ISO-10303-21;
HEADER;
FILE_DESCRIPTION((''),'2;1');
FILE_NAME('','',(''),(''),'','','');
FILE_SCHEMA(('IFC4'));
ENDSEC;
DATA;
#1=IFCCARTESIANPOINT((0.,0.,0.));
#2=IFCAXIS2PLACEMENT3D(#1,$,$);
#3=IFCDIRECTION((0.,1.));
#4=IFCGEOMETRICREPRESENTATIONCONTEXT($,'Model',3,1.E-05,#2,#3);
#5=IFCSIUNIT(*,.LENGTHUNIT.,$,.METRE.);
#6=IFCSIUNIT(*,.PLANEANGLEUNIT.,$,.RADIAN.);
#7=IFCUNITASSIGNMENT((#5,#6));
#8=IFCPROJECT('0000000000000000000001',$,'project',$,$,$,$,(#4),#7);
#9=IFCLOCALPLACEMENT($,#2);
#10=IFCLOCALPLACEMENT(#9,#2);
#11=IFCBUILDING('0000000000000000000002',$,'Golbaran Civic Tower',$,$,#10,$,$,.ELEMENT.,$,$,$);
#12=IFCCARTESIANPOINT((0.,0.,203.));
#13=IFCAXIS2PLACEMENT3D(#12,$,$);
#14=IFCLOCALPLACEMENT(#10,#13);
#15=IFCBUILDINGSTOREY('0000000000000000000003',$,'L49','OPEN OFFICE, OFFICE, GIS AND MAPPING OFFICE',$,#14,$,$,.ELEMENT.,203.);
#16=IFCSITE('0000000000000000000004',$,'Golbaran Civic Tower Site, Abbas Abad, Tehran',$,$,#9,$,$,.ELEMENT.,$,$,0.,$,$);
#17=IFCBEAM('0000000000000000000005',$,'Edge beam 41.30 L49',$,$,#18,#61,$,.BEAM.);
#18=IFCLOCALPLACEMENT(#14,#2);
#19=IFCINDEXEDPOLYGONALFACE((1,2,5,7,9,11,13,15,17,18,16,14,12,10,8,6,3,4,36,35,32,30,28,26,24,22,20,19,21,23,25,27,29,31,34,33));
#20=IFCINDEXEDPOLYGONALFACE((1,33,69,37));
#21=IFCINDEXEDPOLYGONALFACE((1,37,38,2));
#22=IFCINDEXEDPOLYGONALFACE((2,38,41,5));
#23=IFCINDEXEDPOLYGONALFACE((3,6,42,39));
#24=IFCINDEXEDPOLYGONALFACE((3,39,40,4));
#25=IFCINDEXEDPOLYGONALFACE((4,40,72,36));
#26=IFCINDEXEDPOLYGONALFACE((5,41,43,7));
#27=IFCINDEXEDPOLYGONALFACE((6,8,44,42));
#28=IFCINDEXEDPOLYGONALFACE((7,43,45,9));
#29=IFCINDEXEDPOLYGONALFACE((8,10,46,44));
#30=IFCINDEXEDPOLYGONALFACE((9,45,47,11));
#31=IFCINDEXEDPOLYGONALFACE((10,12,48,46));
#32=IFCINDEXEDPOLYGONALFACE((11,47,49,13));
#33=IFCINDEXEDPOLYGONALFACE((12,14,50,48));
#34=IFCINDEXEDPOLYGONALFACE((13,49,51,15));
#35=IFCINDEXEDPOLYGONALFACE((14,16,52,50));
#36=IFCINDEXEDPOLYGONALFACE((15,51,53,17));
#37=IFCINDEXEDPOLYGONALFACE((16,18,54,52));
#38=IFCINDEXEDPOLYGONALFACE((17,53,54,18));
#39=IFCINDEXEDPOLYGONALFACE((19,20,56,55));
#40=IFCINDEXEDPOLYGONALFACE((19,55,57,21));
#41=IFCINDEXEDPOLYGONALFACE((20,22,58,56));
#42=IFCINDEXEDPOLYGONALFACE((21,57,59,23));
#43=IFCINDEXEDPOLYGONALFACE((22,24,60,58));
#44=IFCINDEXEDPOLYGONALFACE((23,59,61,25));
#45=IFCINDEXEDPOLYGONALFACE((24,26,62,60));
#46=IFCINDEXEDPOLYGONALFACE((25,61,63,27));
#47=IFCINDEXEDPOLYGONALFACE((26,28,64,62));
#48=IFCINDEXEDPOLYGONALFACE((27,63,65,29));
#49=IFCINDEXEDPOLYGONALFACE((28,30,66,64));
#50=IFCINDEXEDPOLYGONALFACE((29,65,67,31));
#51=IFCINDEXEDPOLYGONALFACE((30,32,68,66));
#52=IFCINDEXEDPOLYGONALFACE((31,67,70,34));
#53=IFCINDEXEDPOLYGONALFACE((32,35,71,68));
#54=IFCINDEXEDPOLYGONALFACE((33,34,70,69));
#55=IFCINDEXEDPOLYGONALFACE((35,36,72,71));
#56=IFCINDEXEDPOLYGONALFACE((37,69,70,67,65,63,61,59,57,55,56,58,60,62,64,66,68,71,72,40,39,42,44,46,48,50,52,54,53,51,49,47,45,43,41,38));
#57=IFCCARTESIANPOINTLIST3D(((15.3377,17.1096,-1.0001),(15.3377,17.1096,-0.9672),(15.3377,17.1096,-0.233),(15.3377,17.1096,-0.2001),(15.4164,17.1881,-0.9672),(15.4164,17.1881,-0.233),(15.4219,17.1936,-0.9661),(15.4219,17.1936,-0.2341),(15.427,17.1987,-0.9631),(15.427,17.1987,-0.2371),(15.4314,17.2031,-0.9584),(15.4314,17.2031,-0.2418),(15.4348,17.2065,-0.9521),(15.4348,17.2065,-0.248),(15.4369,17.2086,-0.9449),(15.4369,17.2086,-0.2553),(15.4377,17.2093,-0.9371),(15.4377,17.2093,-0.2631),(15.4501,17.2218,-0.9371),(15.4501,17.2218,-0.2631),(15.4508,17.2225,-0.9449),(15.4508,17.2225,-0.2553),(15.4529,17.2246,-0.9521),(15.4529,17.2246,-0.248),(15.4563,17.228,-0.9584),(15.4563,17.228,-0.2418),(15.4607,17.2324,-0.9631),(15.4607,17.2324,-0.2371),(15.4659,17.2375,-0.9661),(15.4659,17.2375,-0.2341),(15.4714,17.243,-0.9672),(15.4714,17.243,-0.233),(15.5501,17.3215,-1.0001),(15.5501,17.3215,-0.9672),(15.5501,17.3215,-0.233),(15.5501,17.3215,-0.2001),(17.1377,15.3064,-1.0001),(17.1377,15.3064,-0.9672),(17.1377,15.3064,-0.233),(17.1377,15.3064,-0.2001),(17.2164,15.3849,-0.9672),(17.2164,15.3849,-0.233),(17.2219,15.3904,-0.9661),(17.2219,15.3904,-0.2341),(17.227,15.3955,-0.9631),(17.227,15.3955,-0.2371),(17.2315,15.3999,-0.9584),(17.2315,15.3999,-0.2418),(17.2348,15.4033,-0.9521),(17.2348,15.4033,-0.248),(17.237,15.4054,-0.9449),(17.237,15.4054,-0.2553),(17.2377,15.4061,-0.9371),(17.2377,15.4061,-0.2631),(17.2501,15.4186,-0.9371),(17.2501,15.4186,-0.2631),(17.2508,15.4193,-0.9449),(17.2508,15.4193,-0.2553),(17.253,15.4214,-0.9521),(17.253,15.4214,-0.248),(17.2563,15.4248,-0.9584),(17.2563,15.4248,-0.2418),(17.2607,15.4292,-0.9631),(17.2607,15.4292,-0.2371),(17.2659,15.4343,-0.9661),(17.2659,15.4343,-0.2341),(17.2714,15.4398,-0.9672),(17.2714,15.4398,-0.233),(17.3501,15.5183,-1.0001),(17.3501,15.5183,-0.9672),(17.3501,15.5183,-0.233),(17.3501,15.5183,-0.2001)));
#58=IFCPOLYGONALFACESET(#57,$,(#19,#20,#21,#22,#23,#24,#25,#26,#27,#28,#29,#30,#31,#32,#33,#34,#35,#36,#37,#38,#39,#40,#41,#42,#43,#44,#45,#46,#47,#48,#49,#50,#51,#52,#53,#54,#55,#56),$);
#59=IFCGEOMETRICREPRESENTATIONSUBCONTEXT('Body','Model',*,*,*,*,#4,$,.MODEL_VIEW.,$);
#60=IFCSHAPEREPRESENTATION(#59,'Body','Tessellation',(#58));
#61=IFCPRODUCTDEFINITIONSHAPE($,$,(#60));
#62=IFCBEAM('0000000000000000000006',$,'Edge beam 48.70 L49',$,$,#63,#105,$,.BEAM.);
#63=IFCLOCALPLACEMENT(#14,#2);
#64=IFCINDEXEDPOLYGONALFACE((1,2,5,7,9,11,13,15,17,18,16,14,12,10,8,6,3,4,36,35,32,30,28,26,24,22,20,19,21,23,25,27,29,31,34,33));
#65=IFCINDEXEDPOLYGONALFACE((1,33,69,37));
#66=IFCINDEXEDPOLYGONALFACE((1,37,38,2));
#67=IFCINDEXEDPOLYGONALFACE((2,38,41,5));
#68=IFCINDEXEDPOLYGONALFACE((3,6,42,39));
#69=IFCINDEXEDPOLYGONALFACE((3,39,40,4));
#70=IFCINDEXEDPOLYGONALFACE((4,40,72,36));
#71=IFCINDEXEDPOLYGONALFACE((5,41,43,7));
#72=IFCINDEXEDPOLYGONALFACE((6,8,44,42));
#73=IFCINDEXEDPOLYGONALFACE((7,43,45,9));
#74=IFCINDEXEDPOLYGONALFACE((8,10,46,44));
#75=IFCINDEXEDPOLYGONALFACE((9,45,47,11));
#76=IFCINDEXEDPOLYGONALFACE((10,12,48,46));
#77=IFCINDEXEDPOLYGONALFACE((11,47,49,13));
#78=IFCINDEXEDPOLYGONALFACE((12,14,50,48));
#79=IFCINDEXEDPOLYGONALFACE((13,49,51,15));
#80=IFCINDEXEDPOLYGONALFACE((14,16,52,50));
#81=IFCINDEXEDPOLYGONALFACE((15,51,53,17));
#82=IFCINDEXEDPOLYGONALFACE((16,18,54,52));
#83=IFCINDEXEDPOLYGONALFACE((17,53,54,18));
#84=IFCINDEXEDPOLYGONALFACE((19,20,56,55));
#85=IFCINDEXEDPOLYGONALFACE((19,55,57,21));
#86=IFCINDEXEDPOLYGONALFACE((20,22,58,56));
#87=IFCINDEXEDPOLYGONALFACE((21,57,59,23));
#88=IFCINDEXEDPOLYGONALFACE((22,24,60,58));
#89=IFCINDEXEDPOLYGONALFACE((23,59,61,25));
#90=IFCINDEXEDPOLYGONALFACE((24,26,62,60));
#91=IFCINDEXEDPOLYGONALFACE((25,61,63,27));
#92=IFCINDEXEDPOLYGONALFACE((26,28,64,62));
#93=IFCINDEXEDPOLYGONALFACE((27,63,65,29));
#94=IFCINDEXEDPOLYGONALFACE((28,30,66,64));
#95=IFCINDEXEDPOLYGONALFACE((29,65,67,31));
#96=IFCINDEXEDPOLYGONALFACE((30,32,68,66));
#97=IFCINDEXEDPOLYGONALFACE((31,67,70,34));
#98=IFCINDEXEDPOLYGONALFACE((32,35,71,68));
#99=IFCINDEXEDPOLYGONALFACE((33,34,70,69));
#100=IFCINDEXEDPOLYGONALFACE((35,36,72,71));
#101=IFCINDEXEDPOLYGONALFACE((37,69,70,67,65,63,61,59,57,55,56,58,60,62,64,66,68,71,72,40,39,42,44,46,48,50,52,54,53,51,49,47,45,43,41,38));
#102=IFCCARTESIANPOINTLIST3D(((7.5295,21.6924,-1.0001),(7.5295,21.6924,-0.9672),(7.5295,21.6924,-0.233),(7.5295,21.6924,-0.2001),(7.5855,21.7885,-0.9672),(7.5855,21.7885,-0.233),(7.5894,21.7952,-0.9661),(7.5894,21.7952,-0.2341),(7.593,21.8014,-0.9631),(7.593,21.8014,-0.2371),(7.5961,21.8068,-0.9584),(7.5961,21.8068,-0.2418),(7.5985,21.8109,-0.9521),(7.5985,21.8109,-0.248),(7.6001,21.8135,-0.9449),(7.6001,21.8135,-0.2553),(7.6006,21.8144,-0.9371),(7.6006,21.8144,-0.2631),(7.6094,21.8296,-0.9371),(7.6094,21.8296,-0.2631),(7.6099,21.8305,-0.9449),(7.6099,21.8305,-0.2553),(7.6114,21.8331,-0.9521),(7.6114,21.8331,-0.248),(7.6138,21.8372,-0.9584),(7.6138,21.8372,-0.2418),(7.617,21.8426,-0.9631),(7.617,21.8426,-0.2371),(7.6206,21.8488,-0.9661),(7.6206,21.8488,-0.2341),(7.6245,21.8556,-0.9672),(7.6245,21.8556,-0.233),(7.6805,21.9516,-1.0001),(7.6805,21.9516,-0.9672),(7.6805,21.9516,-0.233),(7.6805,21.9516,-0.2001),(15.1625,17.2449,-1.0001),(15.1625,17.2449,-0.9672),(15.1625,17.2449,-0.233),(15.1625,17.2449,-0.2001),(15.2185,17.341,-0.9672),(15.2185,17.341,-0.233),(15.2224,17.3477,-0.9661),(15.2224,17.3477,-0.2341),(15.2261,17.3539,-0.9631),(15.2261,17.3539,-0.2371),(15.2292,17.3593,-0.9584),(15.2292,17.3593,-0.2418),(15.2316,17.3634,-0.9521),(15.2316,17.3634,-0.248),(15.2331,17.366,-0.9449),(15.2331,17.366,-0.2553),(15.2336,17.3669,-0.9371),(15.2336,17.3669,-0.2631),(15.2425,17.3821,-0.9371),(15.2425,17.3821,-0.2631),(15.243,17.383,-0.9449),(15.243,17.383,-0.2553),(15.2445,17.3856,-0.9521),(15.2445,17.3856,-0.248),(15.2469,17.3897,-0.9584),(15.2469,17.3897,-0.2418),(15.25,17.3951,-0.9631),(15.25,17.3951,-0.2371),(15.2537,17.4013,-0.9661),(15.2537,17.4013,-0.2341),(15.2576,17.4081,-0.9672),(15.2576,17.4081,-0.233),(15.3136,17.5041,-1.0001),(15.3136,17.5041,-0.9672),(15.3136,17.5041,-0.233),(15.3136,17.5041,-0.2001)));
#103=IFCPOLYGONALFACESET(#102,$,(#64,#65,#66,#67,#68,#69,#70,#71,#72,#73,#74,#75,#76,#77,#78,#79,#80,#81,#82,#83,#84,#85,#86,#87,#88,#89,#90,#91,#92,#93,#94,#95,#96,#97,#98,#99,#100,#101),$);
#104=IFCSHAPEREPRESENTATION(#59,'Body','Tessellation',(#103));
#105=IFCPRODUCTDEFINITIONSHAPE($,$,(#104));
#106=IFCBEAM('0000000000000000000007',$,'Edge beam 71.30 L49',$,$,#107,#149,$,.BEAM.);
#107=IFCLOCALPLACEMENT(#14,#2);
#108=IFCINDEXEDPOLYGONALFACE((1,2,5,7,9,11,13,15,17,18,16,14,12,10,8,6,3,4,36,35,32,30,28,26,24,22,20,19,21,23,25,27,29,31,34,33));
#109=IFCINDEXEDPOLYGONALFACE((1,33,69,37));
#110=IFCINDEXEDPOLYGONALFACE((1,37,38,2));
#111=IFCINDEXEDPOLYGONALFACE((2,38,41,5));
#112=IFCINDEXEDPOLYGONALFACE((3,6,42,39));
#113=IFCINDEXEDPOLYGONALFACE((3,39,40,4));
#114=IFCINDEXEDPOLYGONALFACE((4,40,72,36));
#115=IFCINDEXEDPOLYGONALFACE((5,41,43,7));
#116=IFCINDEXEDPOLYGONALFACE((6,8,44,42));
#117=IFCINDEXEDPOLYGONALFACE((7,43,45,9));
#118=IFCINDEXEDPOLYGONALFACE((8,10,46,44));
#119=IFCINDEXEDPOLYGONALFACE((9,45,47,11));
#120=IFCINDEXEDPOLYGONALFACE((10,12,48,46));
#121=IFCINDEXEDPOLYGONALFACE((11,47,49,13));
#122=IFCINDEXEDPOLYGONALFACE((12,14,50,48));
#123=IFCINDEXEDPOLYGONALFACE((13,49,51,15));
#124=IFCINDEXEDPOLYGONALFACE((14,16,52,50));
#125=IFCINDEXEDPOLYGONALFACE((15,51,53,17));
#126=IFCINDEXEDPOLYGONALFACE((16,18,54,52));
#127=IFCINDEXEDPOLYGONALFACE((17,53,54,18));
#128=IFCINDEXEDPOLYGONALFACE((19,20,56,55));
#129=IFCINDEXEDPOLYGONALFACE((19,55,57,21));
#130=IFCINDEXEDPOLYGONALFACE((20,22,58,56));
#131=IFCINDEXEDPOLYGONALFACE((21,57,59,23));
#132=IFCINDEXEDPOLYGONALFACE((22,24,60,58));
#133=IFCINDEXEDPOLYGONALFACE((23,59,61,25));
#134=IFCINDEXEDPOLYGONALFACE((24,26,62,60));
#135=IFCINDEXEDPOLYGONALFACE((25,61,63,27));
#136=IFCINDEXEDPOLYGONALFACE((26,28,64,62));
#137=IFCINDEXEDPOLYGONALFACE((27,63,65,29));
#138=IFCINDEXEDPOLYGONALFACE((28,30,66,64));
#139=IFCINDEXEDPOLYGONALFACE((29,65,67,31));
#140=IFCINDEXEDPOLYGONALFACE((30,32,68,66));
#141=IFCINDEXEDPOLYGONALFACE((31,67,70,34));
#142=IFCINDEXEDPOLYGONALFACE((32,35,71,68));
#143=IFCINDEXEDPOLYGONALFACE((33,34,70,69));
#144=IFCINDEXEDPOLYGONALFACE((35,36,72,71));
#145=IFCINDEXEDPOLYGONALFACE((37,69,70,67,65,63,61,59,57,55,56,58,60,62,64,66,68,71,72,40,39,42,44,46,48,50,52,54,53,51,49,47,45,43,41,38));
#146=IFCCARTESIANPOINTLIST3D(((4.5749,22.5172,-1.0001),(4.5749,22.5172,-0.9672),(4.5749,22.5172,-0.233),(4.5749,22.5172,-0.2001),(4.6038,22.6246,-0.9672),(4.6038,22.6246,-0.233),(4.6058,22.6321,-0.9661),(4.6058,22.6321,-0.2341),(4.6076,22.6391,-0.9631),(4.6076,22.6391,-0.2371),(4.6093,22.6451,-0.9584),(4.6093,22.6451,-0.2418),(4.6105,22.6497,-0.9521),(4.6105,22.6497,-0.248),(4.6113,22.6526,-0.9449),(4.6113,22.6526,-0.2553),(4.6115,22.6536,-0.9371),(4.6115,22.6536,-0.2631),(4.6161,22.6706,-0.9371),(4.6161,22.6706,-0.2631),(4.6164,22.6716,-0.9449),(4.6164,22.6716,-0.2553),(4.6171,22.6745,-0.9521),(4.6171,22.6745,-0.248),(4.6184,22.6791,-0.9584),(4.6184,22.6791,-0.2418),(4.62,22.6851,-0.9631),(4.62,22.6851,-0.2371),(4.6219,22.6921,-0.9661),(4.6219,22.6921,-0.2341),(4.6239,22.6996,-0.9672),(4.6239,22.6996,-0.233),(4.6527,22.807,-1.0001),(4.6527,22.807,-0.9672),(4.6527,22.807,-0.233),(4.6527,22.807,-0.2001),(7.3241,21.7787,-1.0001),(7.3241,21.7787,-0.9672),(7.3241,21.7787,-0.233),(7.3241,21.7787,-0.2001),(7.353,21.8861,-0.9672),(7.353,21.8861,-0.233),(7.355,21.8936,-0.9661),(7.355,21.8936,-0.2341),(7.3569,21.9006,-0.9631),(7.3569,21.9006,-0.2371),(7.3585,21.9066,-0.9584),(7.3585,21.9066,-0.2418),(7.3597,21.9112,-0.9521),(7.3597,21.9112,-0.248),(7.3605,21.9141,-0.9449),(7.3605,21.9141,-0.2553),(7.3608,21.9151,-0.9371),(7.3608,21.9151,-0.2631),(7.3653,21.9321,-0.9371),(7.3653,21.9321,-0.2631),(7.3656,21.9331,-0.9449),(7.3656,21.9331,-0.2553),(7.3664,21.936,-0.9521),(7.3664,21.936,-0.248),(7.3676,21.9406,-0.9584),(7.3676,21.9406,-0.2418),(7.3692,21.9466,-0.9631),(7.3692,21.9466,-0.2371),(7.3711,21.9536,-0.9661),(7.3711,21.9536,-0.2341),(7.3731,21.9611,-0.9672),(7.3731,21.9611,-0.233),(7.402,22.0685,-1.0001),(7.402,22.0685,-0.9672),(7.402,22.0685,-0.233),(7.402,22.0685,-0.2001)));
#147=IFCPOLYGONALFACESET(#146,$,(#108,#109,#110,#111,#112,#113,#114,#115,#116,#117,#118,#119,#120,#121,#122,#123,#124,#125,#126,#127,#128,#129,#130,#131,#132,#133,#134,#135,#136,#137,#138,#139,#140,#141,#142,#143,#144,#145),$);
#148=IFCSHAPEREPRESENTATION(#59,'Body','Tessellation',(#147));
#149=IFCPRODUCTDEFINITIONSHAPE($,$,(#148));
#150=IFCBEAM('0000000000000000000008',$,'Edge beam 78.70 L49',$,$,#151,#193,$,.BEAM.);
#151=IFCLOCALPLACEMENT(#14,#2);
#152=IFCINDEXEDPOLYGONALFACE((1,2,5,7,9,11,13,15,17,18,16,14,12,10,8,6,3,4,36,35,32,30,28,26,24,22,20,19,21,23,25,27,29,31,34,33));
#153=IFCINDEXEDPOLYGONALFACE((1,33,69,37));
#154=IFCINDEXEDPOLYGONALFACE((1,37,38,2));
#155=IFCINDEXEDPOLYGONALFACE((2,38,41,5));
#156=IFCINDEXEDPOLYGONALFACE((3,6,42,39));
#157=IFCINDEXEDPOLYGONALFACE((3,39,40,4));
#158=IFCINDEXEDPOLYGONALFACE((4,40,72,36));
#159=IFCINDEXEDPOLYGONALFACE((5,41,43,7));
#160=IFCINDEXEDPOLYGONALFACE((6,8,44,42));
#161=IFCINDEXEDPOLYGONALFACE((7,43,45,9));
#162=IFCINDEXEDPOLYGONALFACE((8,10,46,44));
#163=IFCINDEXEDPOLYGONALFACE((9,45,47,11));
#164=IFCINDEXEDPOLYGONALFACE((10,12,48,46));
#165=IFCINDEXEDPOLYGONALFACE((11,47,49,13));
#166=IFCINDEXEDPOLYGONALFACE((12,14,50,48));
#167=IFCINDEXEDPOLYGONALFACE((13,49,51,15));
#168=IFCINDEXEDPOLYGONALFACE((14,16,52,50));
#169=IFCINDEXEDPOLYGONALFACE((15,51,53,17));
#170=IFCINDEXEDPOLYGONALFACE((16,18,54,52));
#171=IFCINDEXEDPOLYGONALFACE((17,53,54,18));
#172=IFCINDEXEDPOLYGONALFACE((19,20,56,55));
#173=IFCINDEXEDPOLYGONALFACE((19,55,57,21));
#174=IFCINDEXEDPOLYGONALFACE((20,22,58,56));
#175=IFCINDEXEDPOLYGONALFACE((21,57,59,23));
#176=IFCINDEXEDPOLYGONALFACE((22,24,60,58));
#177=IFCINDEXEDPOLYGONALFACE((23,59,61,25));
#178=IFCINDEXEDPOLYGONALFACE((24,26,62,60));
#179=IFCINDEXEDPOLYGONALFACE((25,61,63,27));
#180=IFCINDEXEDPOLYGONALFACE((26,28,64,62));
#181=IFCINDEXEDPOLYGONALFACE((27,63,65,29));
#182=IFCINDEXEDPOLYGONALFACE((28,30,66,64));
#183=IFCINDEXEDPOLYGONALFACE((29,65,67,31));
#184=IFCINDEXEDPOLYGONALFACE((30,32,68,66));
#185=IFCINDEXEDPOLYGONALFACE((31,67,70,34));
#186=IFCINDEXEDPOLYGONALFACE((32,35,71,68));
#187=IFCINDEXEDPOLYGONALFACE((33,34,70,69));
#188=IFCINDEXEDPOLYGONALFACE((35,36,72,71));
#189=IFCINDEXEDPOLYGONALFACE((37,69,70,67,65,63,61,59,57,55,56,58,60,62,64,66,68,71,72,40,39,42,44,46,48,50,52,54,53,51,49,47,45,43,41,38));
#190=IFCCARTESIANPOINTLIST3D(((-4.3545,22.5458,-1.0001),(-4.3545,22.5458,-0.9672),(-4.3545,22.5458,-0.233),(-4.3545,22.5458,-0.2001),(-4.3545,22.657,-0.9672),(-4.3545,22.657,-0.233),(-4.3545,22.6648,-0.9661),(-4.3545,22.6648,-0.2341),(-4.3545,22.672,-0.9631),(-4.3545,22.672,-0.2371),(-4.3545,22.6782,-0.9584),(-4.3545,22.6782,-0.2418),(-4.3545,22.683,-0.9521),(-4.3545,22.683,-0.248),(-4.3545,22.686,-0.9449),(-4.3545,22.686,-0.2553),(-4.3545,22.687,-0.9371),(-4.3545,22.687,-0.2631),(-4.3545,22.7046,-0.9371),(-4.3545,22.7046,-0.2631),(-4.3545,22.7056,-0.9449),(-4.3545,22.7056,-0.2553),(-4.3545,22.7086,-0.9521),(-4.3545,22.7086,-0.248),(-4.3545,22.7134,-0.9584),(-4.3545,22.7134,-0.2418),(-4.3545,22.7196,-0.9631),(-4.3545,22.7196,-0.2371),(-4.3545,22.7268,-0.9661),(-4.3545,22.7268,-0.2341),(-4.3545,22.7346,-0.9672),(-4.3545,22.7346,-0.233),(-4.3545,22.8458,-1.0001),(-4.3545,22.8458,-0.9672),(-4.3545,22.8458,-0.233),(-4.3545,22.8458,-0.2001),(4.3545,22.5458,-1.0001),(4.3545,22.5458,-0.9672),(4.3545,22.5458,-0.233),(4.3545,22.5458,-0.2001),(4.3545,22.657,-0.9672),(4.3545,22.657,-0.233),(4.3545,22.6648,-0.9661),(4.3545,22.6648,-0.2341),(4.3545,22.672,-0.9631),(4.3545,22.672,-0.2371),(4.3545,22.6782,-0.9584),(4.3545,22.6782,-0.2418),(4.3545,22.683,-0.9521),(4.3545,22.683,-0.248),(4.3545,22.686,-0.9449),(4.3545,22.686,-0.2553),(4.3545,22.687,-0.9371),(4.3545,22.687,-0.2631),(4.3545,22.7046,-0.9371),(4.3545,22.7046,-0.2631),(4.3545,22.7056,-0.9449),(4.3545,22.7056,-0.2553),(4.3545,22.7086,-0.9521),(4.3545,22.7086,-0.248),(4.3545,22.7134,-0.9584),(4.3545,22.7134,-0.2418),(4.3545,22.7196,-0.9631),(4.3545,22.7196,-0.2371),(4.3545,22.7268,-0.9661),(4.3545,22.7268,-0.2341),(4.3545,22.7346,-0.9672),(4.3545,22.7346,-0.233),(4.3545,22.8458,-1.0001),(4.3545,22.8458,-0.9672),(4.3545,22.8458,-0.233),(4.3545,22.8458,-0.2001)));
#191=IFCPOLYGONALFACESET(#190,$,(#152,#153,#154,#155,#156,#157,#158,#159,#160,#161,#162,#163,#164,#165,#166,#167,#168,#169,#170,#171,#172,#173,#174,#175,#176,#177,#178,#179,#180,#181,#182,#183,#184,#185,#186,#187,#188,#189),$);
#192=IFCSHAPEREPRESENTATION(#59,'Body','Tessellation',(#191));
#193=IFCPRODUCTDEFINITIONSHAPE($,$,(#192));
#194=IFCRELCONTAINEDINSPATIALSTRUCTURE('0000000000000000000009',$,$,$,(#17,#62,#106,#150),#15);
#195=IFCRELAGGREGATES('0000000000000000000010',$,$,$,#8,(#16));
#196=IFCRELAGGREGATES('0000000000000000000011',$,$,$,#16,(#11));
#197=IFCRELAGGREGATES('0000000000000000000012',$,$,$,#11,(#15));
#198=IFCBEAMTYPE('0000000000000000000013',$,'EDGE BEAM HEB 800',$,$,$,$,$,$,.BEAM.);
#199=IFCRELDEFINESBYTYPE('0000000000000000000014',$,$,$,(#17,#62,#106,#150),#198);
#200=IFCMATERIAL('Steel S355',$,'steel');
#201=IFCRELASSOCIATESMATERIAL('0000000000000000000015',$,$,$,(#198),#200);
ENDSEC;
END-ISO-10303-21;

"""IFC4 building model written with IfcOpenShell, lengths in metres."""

from ifc_helpers import new_model, si_unit, direction, frame, origin, origin_2d, place, context, subcontext, project, spatial, i_section, extrude, material, material_profile, profile_set, type_object, element, save


model = new_model("IFC4")

# Units and contexts
model_context = context("Model", 3, precision=1e-05, world=origin(), true_north=direction((0.0, 1.0)))
body_context = subcontext(model_context, "Body", "Model", "MODEL_VIEW")
ifc_project = project(units=[si_unit("LENGTHUNIT", "METRE"), si_unit("PLANEANGLEUNIT", "RADIAN")], contexts=[model_context])

# Site, building, storey
site_placement = place(None, origin())
site = spatial("IfcSite", under=ifc_project, at=site_placement, Name="Golbaran Civic Tower Site, Abbas Abad, Tehran", CompositionType="ELEMENT", RefElevation=0.0)
building_placement = place(site_placement, origin())
building = spatial("IfcBuilding", under=site, at=building_placement, Name="Golbaran Civic Tower", CompositionType="ELEMENT")
storey_placement = place(building_placement, frame((0.0, 0.0, 203.0)))
storey = spatial("IfcBuildingStorey", under=building, at=storey_placement, Name="L49", Description="OPEN OFFICE, OFFICE, GIS AND MAPPING OFFICE", CompositionType="ELEMENT", Elevation=203.0)

# Beams
ifc_material_1 = material(Name="Steel S355", Category="steel")
ifc_material_profile_1 = material_profile(ifc_material_1, i_section(OverallWidth=0.3, OverallDepth=0.8, WebThickness=0.0176, FlangeThickness=0.033, FilletRadius=0.03, at=origin_2d()), Name="HEB 800")
ifc_profile_set_1 = profile_set([ifc_material_profile_1], Name="Steel S355")
beam_type_1 = type_object("IfcBeamType", Name="EDGE BEAM HEB 800", PredefinedType="BEAM", material=ifc_profile_set_1)
beam_1_placement = place(storey_placement, frame((17.2439, 15.4124, -0.6001), z_axis=(-0.706484, 0.707729, 0.0), x_axis=(-0.707729, -0.706484, 0.0)))
element("IfcBeam", 1, at=beam_1_placement, inside=storey, type_object=beam_type_1, Name="Edge beam 41.30 L49", PredefinedType="BEAM", context=body_context, shape_type="SweptSolid", body=[
    extrude(i_section(OverallWidth=0.3, OverallDepth=0.8, WebThickness=0.0176, FlangeThickness=0.033, FilletRadius=0.03, at=origin_2d()), origin(), (0.0, 0.0, 1.0), 2.5479),
])
beam_2_placement = place(storey_placement, frame((15.238, 17.3745, -0.6001), z_axis=(-0.86403, 0.50344, 0.0), x_axis=(-0.50344, -0.86403, 0.0)))
element("IfcBeam", 2, at=beam_2_placement, inside=storey, type_object=beam_type_1, Name="Edge beam 48.70 L49", PredefinedType="BEAM", context=body_context, shape_type="SweptSolid", body=[
    extrude(i_section(OverallWidth=0.3, OverallDepth=0.8, WebThickness=0.0176, FlangeThickness=0.033, FilletRadius=0.03, at=origin_2d()), origin(), (0.0, 0.0, 1.0), 8.8342),
])
beam_3_placement = place(storey_placement, frame((7.363, 21.9236, -0.6001), z_axis=(-0.965762, 0.259429, 0.0), x_axis=(-0.259429, -0.965762, 0.0)))
element("IfcBeam", 3, at=beam_3_placement, inside=storey, type_object=beam_type_1, Name="Edge beam 71.30 L49", PredefinedType="BEAM", context=body_context, shape_type="SweptSolid", body=[
    extrude(i_section(OverallWidth=0.3, OverallDepth=0.8, WebThickness=0.0176, FlangeThickness=0.033, FilletRadius=0.03, at=origin_2d()), origin(), (0.0, 0.0, 1.0), 2.8467),
])
beam_4_placement = place(storey_placement, frame((4.3545, 22.6958, -0.6001), z_axis=(-1.0, 0.0, 0.0), x_axis=(0.0, -1.0, 0.0)))
element("IfcBeam", 4, at=beam_4_placement, inside=storey, type_object=beam_type_1, Name="Edge beam 78.70 L49", PredefinedType="BEAM", context=body_context, shape_type="SweptSolid", body=[
    extrude(i_section(OverallWidth=0.3, OverallDepth=0.8, WebThickness=0.0176, FlangeThickness=0.033, FilletRadius=0.03, at=origin_2d()), origin(), (0.0, 0.0, 1.0), 8.709),
])

save(model, "model.ifc")
